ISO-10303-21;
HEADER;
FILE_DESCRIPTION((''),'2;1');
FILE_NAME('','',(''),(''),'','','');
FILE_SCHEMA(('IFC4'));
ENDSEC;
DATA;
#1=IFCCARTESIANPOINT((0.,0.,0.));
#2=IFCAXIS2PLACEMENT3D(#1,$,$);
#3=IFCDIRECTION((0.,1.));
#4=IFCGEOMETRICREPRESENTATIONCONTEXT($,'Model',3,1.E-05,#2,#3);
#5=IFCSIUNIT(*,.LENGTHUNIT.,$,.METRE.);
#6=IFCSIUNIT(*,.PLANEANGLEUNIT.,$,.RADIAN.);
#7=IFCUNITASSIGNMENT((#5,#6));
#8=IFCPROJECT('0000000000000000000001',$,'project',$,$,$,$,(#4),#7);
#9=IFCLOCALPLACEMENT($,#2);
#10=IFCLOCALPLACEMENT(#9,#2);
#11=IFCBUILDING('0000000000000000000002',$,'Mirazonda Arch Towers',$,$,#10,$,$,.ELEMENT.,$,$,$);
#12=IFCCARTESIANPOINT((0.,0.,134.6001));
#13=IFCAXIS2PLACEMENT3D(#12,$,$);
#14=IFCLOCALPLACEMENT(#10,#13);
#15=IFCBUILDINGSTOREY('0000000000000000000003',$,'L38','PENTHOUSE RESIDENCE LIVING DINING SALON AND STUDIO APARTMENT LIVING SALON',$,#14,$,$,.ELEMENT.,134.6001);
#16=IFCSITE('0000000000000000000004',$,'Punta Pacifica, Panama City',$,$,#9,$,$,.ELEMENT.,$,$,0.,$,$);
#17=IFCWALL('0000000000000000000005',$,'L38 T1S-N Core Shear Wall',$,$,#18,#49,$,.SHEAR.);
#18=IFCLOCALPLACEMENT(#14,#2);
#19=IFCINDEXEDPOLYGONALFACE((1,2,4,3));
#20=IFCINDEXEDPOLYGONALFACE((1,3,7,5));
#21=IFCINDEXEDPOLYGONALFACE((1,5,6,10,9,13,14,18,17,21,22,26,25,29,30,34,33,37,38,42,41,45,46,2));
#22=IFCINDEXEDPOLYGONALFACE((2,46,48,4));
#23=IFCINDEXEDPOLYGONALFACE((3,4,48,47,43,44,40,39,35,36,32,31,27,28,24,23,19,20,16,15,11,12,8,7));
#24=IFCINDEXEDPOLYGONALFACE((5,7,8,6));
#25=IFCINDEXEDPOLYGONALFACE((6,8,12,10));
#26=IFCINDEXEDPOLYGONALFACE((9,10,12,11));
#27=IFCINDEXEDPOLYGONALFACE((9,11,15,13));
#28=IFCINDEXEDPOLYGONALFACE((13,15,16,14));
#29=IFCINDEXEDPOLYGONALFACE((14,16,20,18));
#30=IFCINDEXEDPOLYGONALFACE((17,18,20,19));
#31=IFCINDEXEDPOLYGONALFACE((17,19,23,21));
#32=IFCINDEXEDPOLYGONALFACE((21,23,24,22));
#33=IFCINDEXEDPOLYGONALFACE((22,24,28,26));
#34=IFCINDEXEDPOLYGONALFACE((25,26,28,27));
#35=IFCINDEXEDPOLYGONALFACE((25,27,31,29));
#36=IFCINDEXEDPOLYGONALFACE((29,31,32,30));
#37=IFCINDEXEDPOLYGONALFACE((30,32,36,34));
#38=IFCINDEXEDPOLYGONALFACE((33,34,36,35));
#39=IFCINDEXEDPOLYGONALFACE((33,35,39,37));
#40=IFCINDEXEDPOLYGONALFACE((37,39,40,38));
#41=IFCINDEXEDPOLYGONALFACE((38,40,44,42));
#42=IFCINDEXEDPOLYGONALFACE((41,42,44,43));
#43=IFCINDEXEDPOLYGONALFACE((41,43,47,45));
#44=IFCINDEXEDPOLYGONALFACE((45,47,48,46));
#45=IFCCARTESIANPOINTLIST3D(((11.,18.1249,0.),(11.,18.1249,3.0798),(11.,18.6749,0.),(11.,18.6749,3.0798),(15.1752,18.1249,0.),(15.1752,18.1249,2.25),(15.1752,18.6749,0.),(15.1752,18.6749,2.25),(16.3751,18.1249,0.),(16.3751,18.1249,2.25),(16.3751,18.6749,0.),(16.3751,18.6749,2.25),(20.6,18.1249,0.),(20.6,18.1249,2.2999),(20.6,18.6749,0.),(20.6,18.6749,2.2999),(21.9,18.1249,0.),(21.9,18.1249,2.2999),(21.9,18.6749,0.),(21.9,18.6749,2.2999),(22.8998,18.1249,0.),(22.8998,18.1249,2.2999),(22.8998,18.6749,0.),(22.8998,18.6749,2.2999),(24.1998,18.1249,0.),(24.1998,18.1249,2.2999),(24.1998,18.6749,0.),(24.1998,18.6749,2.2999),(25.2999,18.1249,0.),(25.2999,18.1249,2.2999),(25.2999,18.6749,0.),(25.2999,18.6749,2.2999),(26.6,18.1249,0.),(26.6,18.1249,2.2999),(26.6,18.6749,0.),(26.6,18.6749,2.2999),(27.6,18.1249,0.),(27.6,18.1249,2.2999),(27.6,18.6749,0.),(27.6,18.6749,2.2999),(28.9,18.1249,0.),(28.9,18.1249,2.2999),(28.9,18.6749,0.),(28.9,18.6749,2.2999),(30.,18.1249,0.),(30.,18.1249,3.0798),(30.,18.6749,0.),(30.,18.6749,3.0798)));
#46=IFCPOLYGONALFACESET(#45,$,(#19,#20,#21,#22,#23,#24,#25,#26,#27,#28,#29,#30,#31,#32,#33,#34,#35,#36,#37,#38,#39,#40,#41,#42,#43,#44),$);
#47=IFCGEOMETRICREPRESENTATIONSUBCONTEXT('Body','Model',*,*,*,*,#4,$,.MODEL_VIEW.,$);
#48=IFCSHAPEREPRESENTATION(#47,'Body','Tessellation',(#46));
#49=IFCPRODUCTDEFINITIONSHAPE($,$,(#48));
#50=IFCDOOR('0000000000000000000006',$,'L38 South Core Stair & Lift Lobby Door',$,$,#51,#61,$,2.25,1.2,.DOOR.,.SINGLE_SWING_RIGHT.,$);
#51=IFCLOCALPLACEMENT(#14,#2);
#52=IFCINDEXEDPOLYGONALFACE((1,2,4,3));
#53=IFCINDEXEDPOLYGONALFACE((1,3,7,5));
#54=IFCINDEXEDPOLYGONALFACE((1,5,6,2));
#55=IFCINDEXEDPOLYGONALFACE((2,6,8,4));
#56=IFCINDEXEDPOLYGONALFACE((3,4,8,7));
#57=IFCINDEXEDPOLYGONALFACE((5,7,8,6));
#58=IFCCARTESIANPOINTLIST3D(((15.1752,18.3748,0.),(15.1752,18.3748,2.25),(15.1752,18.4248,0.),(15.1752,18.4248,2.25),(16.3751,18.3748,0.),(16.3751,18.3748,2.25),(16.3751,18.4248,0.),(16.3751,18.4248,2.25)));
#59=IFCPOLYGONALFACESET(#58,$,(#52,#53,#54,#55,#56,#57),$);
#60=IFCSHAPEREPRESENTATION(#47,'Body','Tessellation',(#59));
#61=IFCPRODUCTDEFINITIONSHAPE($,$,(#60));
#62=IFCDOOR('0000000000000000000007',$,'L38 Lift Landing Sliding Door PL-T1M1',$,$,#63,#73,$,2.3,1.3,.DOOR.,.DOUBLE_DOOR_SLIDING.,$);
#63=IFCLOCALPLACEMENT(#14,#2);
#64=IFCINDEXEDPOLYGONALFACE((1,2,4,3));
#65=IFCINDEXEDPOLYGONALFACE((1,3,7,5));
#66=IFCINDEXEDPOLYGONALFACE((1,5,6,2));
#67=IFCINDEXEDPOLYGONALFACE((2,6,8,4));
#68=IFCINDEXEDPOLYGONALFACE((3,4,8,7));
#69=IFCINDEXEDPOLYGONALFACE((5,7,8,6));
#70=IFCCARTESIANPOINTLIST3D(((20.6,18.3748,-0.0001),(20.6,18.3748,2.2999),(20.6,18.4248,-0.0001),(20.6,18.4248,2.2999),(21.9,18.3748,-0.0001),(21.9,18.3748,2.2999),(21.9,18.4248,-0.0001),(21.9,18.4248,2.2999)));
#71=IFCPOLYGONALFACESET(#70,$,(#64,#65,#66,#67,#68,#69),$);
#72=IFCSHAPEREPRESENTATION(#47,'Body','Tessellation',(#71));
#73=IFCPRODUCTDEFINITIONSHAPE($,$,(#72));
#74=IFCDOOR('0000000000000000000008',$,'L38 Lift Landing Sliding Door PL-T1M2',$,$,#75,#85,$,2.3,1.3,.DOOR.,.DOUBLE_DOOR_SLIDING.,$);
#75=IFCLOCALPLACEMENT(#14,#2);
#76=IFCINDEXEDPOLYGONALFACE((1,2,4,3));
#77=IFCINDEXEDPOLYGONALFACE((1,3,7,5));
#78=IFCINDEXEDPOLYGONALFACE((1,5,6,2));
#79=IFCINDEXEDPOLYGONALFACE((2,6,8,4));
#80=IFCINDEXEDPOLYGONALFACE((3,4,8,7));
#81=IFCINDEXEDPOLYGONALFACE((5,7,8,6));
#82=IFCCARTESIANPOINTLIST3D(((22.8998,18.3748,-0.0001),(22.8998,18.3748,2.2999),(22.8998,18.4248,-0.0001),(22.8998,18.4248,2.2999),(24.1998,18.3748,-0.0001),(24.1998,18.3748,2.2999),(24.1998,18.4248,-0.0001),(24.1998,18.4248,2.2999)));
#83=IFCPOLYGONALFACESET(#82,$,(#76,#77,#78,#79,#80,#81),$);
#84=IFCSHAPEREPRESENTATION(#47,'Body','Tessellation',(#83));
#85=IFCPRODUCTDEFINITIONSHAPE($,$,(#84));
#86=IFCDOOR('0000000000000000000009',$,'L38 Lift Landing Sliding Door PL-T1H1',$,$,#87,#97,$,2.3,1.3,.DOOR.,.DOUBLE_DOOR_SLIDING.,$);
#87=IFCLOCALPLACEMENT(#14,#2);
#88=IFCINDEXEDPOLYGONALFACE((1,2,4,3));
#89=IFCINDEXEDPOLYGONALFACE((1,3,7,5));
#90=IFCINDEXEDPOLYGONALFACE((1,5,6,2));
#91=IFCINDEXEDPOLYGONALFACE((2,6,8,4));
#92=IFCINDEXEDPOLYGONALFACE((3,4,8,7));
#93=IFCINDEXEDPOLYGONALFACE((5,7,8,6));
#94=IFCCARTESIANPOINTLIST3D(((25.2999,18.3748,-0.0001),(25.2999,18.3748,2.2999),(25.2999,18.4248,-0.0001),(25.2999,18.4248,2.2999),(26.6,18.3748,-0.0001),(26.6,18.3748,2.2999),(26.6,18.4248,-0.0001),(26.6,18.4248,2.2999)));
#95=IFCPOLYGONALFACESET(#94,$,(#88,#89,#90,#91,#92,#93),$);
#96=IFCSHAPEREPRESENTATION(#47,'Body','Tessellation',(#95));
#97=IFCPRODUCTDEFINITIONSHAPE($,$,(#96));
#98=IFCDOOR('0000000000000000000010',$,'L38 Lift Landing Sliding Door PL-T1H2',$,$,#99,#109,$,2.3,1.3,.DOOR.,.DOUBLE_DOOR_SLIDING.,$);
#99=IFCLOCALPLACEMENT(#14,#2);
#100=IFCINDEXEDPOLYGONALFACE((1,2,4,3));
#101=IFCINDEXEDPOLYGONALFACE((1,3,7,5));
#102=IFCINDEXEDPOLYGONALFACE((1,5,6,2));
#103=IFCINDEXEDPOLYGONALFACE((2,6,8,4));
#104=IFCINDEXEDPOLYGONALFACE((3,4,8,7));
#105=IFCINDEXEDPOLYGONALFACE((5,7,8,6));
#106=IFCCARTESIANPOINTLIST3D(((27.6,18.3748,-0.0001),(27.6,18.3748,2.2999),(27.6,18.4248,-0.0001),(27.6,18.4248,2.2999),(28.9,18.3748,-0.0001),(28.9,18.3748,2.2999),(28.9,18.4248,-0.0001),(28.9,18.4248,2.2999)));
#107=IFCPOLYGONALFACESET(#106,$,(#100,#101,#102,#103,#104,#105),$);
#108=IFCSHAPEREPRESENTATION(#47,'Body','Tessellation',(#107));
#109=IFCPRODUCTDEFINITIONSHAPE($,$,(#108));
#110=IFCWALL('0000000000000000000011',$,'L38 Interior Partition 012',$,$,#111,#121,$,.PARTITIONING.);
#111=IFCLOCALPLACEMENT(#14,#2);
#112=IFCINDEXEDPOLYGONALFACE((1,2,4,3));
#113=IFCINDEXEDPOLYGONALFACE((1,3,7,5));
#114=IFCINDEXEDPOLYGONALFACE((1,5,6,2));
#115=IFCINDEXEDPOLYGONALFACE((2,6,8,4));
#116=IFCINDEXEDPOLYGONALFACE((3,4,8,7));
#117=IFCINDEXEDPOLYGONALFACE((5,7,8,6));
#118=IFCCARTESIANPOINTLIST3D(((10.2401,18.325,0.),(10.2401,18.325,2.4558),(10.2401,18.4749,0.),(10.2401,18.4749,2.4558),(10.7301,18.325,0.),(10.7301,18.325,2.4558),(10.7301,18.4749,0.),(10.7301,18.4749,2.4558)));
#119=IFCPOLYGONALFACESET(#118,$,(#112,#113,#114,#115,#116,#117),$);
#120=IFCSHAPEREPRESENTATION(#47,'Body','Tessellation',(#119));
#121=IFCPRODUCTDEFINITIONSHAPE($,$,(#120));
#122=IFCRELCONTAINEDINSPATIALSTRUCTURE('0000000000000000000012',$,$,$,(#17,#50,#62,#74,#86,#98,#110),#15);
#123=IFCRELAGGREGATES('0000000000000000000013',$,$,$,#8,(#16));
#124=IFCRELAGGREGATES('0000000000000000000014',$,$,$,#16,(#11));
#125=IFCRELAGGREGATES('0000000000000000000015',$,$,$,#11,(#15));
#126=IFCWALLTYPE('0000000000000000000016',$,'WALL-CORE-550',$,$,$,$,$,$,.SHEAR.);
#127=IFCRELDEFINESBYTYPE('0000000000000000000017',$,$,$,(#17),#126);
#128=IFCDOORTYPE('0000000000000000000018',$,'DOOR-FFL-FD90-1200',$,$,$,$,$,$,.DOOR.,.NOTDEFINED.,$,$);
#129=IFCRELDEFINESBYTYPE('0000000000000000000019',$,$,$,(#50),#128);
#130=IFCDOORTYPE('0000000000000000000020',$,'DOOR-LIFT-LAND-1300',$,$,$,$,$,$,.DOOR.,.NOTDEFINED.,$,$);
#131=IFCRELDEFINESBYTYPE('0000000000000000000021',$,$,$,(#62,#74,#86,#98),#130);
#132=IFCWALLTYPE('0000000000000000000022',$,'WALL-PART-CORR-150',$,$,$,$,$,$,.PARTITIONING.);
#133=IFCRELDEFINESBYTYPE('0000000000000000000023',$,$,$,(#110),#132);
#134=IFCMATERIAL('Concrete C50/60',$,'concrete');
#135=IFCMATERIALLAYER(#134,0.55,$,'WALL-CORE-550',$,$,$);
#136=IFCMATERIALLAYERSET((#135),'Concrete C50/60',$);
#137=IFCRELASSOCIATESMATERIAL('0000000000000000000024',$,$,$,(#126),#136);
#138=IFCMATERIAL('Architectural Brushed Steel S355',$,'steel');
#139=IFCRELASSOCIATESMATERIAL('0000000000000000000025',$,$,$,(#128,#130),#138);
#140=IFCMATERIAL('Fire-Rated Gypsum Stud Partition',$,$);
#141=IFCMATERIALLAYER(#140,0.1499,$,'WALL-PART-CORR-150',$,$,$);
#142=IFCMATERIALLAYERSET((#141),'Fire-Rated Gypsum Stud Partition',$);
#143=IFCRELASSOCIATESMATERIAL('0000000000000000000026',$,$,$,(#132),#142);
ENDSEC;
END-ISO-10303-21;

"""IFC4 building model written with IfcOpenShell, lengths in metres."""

from ifc_helpers import new_model, si_unit, direction, frame, frame_2d, origin, place, context, subcontext, project, spatial, rectangle, extrude, material, layer, layer_set, type_object, element, fill, save


model = new_model("IFC4")

# Units and contexts
model_context = context("Model", 3, precision=1e-05, world=origin(), true_north=direction((0.0, 1.0)))
body_context = subcontext(model_context, "Body", "Model", "MODEL_VIEW")
ifc_project = project(units=[si_unit("LENGTHUNIT", "METRE"), si_unit("PLANEANGLEUNIT", "RADIAN")], contexts=[model_context])

# Site, building, storey
site_placement = place(None, origin())
site = spatial("IfcSite", under=ifc_project, at=site_placement, Name="Punta Pacifica, Panama City", CompositionType="ELEMENT", RefElevation=0.0)
building_placement = place(site_placement, origin())
building = spatial("IfcBuilding", under=site, at=building_placement, Name="Mirazonda Arch Towers", CompositionType="ELEMENT")
storey_placement = place(building_placement, frame((0.0, 0.0, 134.6001)))
storey = spatial("IfcBuildingStorey", under=building, at=storey_placement, Name="L38", Description="PENTHOUSE RESIDENCE LIVING DINING SALON AND STUDIO APARTMENT LIVING SALON", CompositionType="ELEMENT", Elevation=134.6001)

# Shared definitions
ifc_material_1 = material(Name="Concrete C50/60", Category="concrete")

# Shared definitions
ifc_material_2 = material(Name="Architectural Brushed Steel S355", Category="steel")

# Wall, openings, doors
ifc_layer_1 = layer(ifc_material_1, 0.55, Name="WALL-CORE-550")
ifc_layer_set_1 = layer_set([ifc_layer_1], Name="Concrete C50/60")
wall_type_1 = type_object("IfcWallType", Name="WALL-CORE-550", PredefinedType="SHEAR", material=ifc_layer_set_1)
wall_1_placement = place(storey_placement, frame((11.0, 18.3999, 0.0), z_axis=(0.0, 0.0, 1.0), x_axis=(1.0, 0.0, 0.0)))
wall_1 = element("IfcWall", 1, at=wall_1_placement, inside=storey, type_object=wall_type_1, Name="L38 T1S-N Core Shear Wall", PredefinedType="SHEAR", context=body_context, shape_type="SweptSolid", body=[
    extrude(rectangle(XDim=19.0, YDim=0.55, at=frame_2d((9.5, 0.0))), origin(), (0.0, 0.0, 1.0), 3.0798),
])
opening_1_placement = place(wall_1_placement, frame((4.175, 0.0, 0.0)))
opening_1 = element("IfcOpeningElement", 2, at=opening_1_placement, cuts=wall_1, PredefinedType="OPENING", context=body_context, shape_type="SweptSolid", body=[
    extrude(rectangle(XDim=1.2, YDim=2.25, at=frame_2d((0.6001, 1.125))), frame((0.0, 0.2849, 0.0), z_axis=(0.0, -1.0, 0.0), x_axis=(1.0, 0.0, 0.0)), (0.0, 0.0, 1.0), 0.5701),
])
opening_2_placement = place(wall_1_placement, frame((9.6001, 0.0, 0.0)))
opening_2 = element("IfcOpeningElement", 3, at=opening_2_placement, cuts=wall_1, PredefinedType="OPENING", context=body_context, shape_type="SweptSolid", body=[
    extrude(rectangle(XDim=1.3, YDim=2.3, at=frame_2d((0.6499, 1.1499))), frame((0.0, 0.2849, 0.0), z_axis=(0.0, -1.0, 0.0), x_axis=(1.0, 0.0, 0.0)), (0.0, 0.0, 1.0), 0.5701),
])
opening_3_placement = place(wall_1_placement, frame((11.8999, 0.0, 0.0)))
opening_3 = element("IfcOpeningElement", 4, at=opening_3_placement, cuts=wall_1, PredefinedType="OPENING", context=body_context, shape_type="SweptSolid", body=[
    extrude(rectangle(XDim=1.3, YDim=2.3, at=frame_2d((0.6499, 1.1499))), frame((0.0, 0.2849, 0.0), z_axis=(0.0, -1.0, 0.0), x_axis=(1.0, 0.0, 0.0)), (0.0, 0.0, 1.0), 0.5701),
])
opening_4_placement = place(wall_1_placement, frame((14.3, 0.0, 0.0)))
opening_4 = element("IfcOpeningElement", 5, at=opening_4_placement, cuts=wall_1, PredefinedType="OPENING", context=body_context, shape_type="SweptSolid", body=[
    extrude(rectangle(XDim=1.3, YDim=2.3, at=frame_2d((0.6499, 1.1499))), frame((0.0, 0.2849, 0.0), z_axis=(0.0, -1.0, 0.0), x_axis=(1.0, 0.0, 0.0)), (0.0, 0.0, 1.0), 0.5701),
])
opening_5_placement = place(wall_1_placement, frame((16.6001, 0.0, 0.0)))
opening_5 = element("IfcOpeningElement", 6, at=opening_5_placement, cuts=wall_1, PredefinedType="OPENING", context=body_context, shape_type="SweptSolid", body=[
    extrude(rectangle(XDim=1.3, YDim=2.3, at=frame_2d((0.6499, 1.1499))), frame((0.0, 0.2849, 0.0), z_axis=(0.0, -1.0, 0.0), x_axis=(1.0, 0.0, 0.0)), (0.0, 0.0, 1.0), 0.5701),
])
door_type_1 = type_object("IfcDoorType", Name="DOOR-FFL-FD90-1200", OperationType="NOTDEFINED", PredefinedType="DOOR", material=ifc_material_2)
door_1_placement = place(opening_1_placement, origin())
door_1 = element("IfcDoor", 7, at=door_1_placement, inside=storey, type_object=door_type_1, Name="L38 South Core Stair & Lift Lobby Door", OperationType="SINGLE_SWING_RIGHT", OverallHeight=2.25, OverallWidth=1.2, PredefinedType="DOOR", context=body_context, shape_type="SweptSolid", body=[
    extrude(rectangle(XDim=1.2, YDim=2.25, at=frame_2d((0.6001, 1.125))), frame((0.0, 0.0249, 0.0), z_axis=(0.0, -1.0, 0.0), x_axis=(1.0, 0.0, 0.0)), (0.0, 0.0, 1.0), 0.05),
])
fill(opening_1, door_1)
door_type_2 = type_object("IfcDoorType", Name="DOOR-LIFT-LAND-1300", OperationType="NOTDEFINED", PredefinedType="DOOR", material=ifc_material_2)
door_2_placement = place(opening_2_placement, origin())
door_2 = element("IfcDoor", 8, at=door_2_placement, inside=storey, type_object=door_type_2, Name="L38 Lift Landing Sliding Door PL-T1M1", OperationType="DOUBLE_DOOR_SLIDING", OverallHeight=2.3, OverallWidth=1.3, PredefinedType="DOOR", context=body_context, shape_type="SweptSolid", body=[
    extrude(rectangle(XDim=1.3, YDim=2.3, at=frame_2d((0.6499, 1.1499))), frame((0.0, 0.0249, 0.0), z_axis=(0.0, -1.0, 0.0), x_axis=(1.0, 0.0, 0.0)), (0.0, 0.0, 1.0), 0.05),
])
fill(opening_2, door_2)
door_3_placement = place(opening_3_placement, origin())
door_3 = element("IfcDoor", 9, at=door_3_placement, inside=storey, type_object=door_type_2, Name="L38 Lift Landing Sliding Door PL-T1M2", OperationType="DOUBLE_DOOR_SLIDING", OverallHeight=2.3, OverallWidth=1.3, PredefinedType="DOOR", context=body_context, shape_type="SweptSolid", body=[
    extrude(rectangle(XDim=1.3, YDim=2.3, at=frame_2d((0.6499, 1.1499))), frame((0.0, 0.0249, 0.0), z_axis=(0.0, -1.0, 0.0), x_axis=(1.0, 0.0, 0.0)), (0.0, 0.0, 1.0), 0.05),
])
fill(opening_3, door_3)
door_4_placement = place(opening_4_placement, origin())
door_4 = element("IfcDoor", 10, at=door_4_placement, inside=storey, type_object=door_type_2, Name="L38 Lift Landing Sliding Door PL-T1H1", OperationType="DOUBLE_DOOR_SLIDING", OverallHeight=2.3, OverallWidth=1.3, PredefinedType="DOOR", context=body_context, shape_type="SweptSolid", body=[
    extrude(rectangle(XDim=1.3, YDim=2.3, at=frame_2d((0.6499, 1.1499))), frame((0.0, 0.0249, 0.0), z_axis=(0.0, -1.0, 0.0), x_axis=(1.0, 0.0, 0.0)), (0.0, 0.0, 1.0), 0.05),
])
fill(opening_4, door_4)
door_5_placement = place(opening_5_placement, origin())
door_5 = element("IfcDoor", 11, at=door_5_placement, inside=storey, type_object=door_type_2, Name="L38 Lift Landing Sliding Door PL-T1H2", OperationType="DOUBLE_DOOR_SLIDING", OverallHeight=2.3, OverallWidth=1.3, PredefinedType="DOOR", context=body_context, shape_type="SweptSolid", body=[
    extrude(rectangle(XDim=1.3, YDim=2.3, at=frame_2d((0.6499, 1.1499))), frame((0.0, 0.0249, 0.0), z_axis=(0.0, -1.0, 0.0), x_axis=(1.0, 0.0, 0.0)), (0.0, 0.0, 1.0), 0.05),
])
fill(opening_5, door_5)

# Wall
ifc_material_3 = material(Name="Fire-Rated Gypsum Stud Partition")
ifc_layer_2 = layer(ifc_material_3, 0.1499, Name="WALL-PART-CORR-150")
ifc_layer_set_2 = layer_set([ifc_layer_2], Name="Fire-Rated Gypsum Stud Partition")
wall_type_2 = type_object("IfcWallType", Name="WALL-PART-CORR-150", PredefinedType="PARTITIONING", material=ifc_layer_set_2)
wall_2_placement = place(storey_placement, frame((10.24, 18.3999, 0.0), z_axis=(0.0, 0.0, 1.0), x_axis=(1.0, 0.0, 0.0)))
element("IfcWall", 12, at=wall_2_placement, inside=storey, type_object=wall_type_2, Name="L38 Interior Partition 012", PredefinedType="PARTITIONING", context=body_context, shape_type="SweptSolid", body=[
    extrude(rectangle(XDim=0.49, YDim=0.1499, at=frame_2d((0.2451, 0.0))), origin(), (0.0, 0.0, 1.0), 2.4558),
])

save(model, "model.ifc")
